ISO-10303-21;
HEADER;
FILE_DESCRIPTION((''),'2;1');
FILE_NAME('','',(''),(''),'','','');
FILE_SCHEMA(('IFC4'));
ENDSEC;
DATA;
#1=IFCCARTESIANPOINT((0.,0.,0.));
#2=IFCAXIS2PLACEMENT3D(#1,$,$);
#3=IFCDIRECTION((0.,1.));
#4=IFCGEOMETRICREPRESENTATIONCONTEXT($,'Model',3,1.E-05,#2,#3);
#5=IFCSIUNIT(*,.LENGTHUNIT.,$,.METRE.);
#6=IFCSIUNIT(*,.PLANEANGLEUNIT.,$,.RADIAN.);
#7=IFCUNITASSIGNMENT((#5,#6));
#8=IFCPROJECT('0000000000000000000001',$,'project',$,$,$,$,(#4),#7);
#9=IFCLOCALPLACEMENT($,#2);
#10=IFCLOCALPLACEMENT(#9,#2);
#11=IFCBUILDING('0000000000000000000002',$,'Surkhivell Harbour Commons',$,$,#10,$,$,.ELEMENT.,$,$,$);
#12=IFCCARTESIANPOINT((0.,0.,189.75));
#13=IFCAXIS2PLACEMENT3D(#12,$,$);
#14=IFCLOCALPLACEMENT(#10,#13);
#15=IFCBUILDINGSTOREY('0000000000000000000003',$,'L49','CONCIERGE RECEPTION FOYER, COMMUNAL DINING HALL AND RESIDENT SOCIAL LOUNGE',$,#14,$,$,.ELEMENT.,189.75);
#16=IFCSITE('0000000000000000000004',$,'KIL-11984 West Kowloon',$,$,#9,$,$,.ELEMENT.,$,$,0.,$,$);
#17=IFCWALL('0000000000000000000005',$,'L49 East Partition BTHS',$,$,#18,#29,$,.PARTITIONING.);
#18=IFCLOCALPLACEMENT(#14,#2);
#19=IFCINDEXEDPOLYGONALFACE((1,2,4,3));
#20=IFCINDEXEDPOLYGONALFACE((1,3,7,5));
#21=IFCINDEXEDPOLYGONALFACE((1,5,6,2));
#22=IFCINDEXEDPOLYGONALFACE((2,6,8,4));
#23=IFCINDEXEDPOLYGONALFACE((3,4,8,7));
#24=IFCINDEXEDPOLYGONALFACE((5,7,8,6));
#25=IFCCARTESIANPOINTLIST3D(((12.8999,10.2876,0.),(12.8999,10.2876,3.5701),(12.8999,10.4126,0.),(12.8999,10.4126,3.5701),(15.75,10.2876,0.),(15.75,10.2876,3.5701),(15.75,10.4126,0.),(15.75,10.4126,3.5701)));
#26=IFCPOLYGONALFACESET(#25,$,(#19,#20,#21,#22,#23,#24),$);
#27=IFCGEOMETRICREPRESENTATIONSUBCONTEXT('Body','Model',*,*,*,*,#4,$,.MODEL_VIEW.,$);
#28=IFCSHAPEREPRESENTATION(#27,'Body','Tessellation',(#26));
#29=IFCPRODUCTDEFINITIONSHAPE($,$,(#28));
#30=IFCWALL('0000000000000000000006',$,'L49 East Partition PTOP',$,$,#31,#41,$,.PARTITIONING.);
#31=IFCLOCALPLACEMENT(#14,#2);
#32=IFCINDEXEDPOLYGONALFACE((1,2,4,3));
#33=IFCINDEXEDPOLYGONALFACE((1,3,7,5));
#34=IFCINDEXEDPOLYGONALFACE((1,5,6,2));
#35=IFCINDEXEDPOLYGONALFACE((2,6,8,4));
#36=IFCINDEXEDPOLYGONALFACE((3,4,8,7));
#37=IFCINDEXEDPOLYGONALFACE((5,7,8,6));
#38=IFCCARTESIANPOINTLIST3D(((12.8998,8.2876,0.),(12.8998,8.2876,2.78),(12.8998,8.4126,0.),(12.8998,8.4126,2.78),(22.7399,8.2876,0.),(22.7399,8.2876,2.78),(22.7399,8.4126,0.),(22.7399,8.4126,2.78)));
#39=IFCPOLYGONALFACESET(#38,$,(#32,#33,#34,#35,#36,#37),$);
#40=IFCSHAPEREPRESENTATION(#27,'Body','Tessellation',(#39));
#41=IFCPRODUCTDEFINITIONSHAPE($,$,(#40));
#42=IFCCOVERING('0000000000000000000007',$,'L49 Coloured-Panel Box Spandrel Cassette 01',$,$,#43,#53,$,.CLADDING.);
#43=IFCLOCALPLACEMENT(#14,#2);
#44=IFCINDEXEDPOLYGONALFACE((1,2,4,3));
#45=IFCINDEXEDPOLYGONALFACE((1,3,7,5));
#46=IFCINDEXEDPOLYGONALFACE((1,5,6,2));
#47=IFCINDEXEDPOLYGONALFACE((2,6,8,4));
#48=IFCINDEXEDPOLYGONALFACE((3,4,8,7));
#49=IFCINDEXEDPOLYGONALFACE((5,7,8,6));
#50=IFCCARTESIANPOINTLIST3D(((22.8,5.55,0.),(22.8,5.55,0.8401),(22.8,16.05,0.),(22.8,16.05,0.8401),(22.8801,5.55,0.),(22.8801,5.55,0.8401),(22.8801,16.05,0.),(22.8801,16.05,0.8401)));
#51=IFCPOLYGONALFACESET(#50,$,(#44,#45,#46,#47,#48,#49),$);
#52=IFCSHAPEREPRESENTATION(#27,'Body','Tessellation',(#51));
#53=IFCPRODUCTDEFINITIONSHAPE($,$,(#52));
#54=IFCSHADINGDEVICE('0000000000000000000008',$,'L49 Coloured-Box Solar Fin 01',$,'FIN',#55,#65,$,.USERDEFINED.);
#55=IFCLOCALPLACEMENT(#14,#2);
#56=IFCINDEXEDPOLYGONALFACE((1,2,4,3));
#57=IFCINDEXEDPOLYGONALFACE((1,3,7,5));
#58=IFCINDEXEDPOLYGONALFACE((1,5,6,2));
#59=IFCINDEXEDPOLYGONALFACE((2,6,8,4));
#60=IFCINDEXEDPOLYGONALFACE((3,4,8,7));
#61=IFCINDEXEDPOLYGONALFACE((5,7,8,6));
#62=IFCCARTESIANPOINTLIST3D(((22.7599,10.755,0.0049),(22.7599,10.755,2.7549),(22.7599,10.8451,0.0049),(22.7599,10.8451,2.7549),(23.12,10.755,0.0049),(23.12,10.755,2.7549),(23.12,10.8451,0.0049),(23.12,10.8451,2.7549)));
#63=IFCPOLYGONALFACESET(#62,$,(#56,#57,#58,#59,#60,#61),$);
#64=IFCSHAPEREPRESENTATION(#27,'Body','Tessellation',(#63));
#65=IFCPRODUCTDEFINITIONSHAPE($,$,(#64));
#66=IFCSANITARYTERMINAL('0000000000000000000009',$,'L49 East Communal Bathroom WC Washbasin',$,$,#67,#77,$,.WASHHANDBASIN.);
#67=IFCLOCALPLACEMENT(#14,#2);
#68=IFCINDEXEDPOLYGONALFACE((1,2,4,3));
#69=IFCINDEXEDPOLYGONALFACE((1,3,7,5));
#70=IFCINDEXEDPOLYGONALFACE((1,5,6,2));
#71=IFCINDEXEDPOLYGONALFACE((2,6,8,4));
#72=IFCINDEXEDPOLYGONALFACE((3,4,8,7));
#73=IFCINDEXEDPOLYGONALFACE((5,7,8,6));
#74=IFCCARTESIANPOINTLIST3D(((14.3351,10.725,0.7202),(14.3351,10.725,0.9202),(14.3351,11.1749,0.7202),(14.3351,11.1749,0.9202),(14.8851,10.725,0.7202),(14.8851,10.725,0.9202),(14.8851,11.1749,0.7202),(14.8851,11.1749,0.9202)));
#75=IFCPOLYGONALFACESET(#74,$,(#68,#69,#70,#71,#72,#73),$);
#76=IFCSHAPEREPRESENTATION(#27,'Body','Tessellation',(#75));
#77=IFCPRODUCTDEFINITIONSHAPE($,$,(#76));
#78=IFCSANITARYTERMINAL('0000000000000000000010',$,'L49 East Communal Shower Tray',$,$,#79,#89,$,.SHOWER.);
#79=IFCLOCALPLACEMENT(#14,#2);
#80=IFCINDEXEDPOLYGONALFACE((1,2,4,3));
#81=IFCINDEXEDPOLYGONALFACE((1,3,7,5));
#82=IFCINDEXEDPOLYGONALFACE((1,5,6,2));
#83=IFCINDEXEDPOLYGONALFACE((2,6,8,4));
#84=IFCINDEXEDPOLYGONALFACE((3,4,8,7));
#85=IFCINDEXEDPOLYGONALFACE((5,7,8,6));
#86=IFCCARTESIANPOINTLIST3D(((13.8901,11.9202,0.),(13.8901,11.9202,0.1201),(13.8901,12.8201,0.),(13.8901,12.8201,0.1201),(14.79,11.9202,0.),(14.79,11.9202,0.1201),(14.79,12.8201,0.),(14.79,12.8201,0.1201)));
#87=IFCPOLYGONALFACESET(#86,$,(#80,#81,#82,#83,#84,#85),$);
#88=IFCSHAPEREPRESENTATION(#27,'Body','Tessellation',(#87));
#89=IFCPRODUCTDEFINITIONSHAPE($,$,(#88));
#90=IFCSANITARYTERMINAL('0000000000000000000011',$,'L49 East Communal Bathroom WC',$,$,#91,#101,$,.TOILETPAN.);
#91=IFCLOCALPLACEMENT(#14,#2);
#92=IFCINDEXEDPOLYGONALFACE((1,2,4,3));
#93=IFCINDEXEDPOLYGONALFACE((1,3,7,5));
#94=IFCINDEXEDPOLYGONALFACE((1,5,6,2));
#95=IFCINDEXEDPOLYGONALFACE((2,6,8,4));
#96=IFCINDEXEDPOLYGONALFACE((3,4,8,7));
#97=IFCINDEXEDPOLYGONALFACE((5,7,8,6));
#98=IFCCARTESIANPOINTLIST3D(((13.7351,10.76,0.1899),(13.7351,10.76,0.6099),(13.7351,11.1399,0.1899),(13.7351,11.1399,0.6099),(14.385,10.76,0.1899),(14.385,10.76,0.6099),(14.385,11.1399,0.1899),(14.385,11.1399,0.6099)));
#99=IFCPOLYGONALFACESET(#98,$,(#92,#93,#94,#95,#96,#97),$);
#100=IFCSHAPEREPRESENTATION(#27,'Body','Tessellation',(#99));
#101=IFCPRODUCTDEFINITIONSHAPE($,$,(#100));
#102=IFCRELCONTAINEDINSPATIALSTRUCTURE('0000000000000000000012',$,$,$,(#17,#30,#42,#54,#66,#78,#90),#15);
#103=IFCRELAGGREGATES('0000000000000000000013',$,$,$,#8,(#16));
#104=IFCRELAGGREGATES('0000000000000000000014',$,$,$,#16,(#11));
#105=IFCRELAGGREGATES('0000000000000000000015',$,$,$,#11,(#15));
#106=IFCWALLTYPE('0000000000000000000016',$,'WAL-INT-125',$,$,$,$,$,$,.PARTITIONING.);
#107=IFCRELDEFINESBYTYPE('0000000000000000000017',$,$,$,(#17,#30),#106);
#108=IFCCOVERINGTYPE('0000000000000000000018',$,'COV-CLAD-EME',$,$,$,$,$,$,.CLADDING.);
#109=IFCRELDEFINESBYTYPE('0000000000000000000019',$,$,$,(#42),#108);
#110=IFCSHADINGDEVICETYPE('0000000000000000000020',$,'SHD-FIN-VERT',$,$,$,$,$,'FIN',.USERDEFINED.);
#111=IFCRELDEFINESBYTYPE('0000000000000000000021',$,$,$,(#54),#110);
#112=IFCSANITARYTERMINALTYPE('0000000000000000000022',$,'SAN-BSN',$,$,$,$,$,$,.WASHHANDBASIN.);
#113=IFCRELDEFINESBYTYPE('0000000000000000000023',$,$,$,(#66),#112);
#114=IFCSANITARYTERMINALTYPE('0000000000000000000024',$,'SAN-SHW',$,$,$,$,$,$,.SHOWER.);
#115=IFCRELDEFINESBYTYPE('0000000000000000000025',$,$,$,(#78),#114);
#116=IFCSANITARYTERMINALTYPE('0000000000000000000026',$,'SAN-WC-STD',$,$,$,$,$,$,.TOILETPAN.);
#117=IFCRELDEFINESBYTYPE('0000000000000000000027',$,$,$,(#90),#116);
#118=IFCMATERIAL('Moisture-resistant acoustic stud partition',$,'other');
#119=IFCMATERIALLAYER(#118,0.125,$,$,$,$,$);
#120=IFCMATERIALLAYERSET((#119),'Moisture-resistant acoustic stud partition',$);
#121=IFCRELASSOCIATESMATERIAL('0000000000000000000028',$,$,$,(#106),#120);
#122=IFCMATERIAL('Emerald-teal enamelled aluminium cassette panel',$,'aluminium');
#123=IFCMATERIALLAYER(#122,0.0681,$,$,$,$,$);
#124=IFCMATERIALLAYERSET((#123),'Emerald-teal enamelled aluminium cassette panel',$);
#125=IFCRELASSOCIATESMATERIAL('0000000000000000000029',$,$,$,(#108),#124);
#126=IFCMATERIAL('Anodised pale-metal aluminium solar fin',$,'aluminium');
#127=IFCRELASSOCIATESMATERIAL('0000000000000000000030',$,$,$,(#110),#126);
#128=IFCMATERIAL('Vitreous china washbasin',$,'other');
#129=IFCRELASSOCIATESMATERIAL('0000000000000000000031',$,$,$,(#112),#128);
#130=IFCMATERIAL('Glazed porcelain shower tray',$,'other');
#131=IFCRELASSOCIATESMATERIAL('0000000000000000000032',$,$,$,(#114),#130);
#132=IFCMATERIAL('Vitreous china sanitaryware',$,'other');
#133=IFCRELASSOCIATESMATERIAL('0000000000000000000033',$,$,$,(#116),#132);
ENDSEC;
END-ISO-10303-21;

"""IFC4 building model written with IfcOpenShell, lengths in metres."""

from ifc_helpers import new_model, si_unit, direction, frame, frame_2d, origin, origin_2d, place, context, subcontext, project, spatial, rectangle, extrude, material, layer, layer_set, type_object, element, save


model = new_model("IFC4")

# Units and contexts
model_context = context("Model", 3, precision=1e-05, world=origin(), true_north=direction((0.0, 1.0)))
body_context = subcontext(model_context, "Body", "Model", "MODEL_VIEW")
ifc_project = project(units=[si_unit("LENGTHUNIT", "METRE"), si_unit("PLANEANGLEUNIT", "RADIAN")], contexts=[model_context])

# Site, building, storey
site_placement = place(None, origin())
site = spatial("IfcSite", under=ifc_project, at=site_placement, Name="KIL-11984 West Kowloon", CompositionType="ELEMENT", RefElevation=0.0)
building_placement = place(site_placement, origin())
building = spatial("IfcBuilding", under=site, at=building_placement, Name="Surkhivell Harbour Commons", CompositionType="ELEMENT")
storey_placement = place(building_placement, frame((0.0, 0.0, 189.75)))
storey = spatial("IfcBuildingStorey", under=building, at=storey_placement, Name="L49", Description="CONCIERGE RECEPTION FOYER, COMMUNAL DINING HALL AND RESIDENT SOCIAL LOUNGE", CompositionType="ELEMENT", Elevation=189.75)

# Walls
ifc_material_1 = material(Name="Moisture-resistant acoustic stud partition", Category="other")
ifc_layer_1 = layer(ifc_material_1, 0.125)
ifc_layer_set_1 = layer_set([ifc_layer_1], Name="Moisture-resistant acoustic stud partition")
wall_type_1 = type_object("IfcWallType", Name="WAL-INT-125", PredefinedType="PARTITIONING", material=ifc_layer_set_1)
wall_1_placement = place(storey_placement, frame((12.8999, 10.3501, 0.0), z_axis=(0.0, 0.0, 1.0), x_axis=(1.0, 0.0, 0.0)))
element("IfcWall", 1, at=wall_1_placement, inside=storey, type_object=wall_type_1, Name="L49 East Partition BTHS", PredefinedType="PARTITIONING", context=body_context, shape_type="SweptSolid", body=[
    extrude(rectangle(XDim=2.8501, YDim=0.125, at=frame_2d((1.425, 0.0))), origin(), (0.0, 0.0, 1.0), 3.5701),
])
wall_2_placement = place(storey_placement, frame((12.8999, 8.3501, 0.0), z_axis=(0.0, 0.0, 1.0), x_axis=(1.0, 0.0, 0.0)))
element("IfcWall", 2, at=wall_2_placement, inside=storey, type_object=wall_type_1, Name="L49 East Partition PTOP", PredefinedType="PARTITIONING", context=body_context, shape_type="SweptSolid", body=[
    extrude(rectangle(XDim=9.8401, YDim=0.125, at=frame_2d((4.9199, 0.0))), origin(), (0.0, 0.0, 1.0), 2.78),
])

# Covering
ifc_material_2 = material(Name="Emerald-teal enamelled aluminium cassette panel", Category="aluminium")
ifc_layer_2 = layer(ifc_material_2, 0.0681)
ifc_layer_set_2 = layer_set([ifc_layer_2], Name="Emerald-teal enamelled aluminium cassette panel")
covering_type = type_object("IfcCoveringType", Name="COV-CLAD-EME", PredefinedType="CLADDING", material=ifc_layer_set_2)
covering_placement = place(storey_placement, frame((22.8401, 10.8, 0.0), z_axis=(0.0, 0.0, 1.0), x_axis=(1.0, 0.0, 0.0)))
element("IfcCovering", 3, at=covering_placement, inside=storey, type_object=covering_type, Name="L49 Coloured-Panel Box Spandrel Cassette 01", PredefinedType="CLADDING", context=body_context, shape_type="SweptSolid", body=[
    extrude(rectangle(XDim=0.0801, YDim=10.5, at=origin_2d()), origin(), (0.0, 0.0, 1.0), 0.8401),
])

# Shading device
ifc_material_3 = material(Name="Anodised pale-metal aluminium solar fin", Category="aluminium")
shading_device_type = type_object("IfcShadingDeviceType", Name="SHD-FIN-VERT", ElementType="FIN", PredefinedType="USERDEFINED", material=ifc_material_3)
shading_device_placement = place(storey_placement, frame((22.9399, 10.8, 0.0049), z_axis=(0.0, 0.0, 1.0), x_axis=(1.0, 0.0, 0.0)))
element("IfcShadingDevice", 4, at=shading_device_placement, inside=storey, type_object=shading_device_type, Name="L49 Coloured-Box Solar Fin 01", ObjectType="FIN", PredefinedType="USERDEFINED", context=body_context, shape_type="SweptSolid", body=[
    extrude(rectangle(XDim=0.3601, YDim=0.0901, at=origin_2d()), origin(), (0.0, 0.0, 1.0), 2.75),
])

# Sanitary terminals
ifc_material_4 = material(Name="Vitreous china washbasin", Category="other")
sanitary_terminal_type_1 = type_object("IfcSanitaryTerminalType", Name="SAN-BSN", PredefinedType="WASHHANDBASIN", material=ifc_material_4)
sanitary_terminal_1_placement = place(storey_placement, frame((14.6101, 10.95, 0.7202), z_axis=(0.0, 0.0, 1.0), x_axis=(1.0, 0.0, 0.0)))
element("IfcSanitaryTerminal", 5, at=sanitary_terminal_1_placement, inside=storey, type_object=sanitary_terminal_type_1, Name="L49 East Communal Bathroom WC Washbasin", PredefinedType="WASHHANDBASIN", context=body_context, shape_type="SweptSolid", body=[
    extrude(rectangle(XDim=0.55, YDim=0.45, at=origin_2d()), origin(), (0.0, 0.0, 1.0), 0.2),
])
ifc_material_5 = material(Name="Glazed porcelain shower tray", Category="other")
sanitary_terminal_type_2 = type_object("IfcSanitaryTerminalType", Name="SAN-SHW", PredefinedType="SHOWER", material=ifc_material_5)
sanitary_terminal_2_placement = place(storey_placement, frame((14.3401, 12.3701, 0.0), z_axis=(0.0, 0.0, 1.0), x_axis=(1.0, 0.0, 0.0)))
element("IfcSanitaryTerminal", 6, at=sanitary_terminal_2_placement, inside=storey, type_object=sanitary_terminal_type_2, Name="L49 East Communal Shower Tray", PredefinedType="SHOWER", context=body_context, shape_type="SweptSolid", body=[
    extrude(rectangle(XDim=0.8999, YDim=0.8999, at=origin_2d()), origin(), (0.0, 0.0, 1.0), 0.1201),
])
ifc_material_6 = material(Name="Vitreous china sanitaryware", Category="other")
sanitary_terminal_type_3 = type_object("IfcSanitaryTerminalType", Name="SAN-WC-STD", PredefinedType="TOILETPAN", material=ifc_material_6)
sanitary_terminal_3_placement = place(storey_placement, frame((14.0601, 10.95, 0.1899), z_axis=(0.0, 0.0, 1.0), x_axis=(1.0, 0.0, 0.0)))
element("IfcSanitaryTerminal", 7, at=sanitary_terminal_3_placement, inside=storey, type_object=sanitary_terminal_type_3, Name="L49 East Communal Bathroom WC", PredefinedType="TOILETPAN", context=body_context, shape_type="SweptSolid", body=[
    extrude(rectangle(XDim=0.6499, YDim=0.3799, at=origin_2d()), origin(), (0.0, 0.0, 1.0), 0.4199),
])

save(model, "model.ifc")
